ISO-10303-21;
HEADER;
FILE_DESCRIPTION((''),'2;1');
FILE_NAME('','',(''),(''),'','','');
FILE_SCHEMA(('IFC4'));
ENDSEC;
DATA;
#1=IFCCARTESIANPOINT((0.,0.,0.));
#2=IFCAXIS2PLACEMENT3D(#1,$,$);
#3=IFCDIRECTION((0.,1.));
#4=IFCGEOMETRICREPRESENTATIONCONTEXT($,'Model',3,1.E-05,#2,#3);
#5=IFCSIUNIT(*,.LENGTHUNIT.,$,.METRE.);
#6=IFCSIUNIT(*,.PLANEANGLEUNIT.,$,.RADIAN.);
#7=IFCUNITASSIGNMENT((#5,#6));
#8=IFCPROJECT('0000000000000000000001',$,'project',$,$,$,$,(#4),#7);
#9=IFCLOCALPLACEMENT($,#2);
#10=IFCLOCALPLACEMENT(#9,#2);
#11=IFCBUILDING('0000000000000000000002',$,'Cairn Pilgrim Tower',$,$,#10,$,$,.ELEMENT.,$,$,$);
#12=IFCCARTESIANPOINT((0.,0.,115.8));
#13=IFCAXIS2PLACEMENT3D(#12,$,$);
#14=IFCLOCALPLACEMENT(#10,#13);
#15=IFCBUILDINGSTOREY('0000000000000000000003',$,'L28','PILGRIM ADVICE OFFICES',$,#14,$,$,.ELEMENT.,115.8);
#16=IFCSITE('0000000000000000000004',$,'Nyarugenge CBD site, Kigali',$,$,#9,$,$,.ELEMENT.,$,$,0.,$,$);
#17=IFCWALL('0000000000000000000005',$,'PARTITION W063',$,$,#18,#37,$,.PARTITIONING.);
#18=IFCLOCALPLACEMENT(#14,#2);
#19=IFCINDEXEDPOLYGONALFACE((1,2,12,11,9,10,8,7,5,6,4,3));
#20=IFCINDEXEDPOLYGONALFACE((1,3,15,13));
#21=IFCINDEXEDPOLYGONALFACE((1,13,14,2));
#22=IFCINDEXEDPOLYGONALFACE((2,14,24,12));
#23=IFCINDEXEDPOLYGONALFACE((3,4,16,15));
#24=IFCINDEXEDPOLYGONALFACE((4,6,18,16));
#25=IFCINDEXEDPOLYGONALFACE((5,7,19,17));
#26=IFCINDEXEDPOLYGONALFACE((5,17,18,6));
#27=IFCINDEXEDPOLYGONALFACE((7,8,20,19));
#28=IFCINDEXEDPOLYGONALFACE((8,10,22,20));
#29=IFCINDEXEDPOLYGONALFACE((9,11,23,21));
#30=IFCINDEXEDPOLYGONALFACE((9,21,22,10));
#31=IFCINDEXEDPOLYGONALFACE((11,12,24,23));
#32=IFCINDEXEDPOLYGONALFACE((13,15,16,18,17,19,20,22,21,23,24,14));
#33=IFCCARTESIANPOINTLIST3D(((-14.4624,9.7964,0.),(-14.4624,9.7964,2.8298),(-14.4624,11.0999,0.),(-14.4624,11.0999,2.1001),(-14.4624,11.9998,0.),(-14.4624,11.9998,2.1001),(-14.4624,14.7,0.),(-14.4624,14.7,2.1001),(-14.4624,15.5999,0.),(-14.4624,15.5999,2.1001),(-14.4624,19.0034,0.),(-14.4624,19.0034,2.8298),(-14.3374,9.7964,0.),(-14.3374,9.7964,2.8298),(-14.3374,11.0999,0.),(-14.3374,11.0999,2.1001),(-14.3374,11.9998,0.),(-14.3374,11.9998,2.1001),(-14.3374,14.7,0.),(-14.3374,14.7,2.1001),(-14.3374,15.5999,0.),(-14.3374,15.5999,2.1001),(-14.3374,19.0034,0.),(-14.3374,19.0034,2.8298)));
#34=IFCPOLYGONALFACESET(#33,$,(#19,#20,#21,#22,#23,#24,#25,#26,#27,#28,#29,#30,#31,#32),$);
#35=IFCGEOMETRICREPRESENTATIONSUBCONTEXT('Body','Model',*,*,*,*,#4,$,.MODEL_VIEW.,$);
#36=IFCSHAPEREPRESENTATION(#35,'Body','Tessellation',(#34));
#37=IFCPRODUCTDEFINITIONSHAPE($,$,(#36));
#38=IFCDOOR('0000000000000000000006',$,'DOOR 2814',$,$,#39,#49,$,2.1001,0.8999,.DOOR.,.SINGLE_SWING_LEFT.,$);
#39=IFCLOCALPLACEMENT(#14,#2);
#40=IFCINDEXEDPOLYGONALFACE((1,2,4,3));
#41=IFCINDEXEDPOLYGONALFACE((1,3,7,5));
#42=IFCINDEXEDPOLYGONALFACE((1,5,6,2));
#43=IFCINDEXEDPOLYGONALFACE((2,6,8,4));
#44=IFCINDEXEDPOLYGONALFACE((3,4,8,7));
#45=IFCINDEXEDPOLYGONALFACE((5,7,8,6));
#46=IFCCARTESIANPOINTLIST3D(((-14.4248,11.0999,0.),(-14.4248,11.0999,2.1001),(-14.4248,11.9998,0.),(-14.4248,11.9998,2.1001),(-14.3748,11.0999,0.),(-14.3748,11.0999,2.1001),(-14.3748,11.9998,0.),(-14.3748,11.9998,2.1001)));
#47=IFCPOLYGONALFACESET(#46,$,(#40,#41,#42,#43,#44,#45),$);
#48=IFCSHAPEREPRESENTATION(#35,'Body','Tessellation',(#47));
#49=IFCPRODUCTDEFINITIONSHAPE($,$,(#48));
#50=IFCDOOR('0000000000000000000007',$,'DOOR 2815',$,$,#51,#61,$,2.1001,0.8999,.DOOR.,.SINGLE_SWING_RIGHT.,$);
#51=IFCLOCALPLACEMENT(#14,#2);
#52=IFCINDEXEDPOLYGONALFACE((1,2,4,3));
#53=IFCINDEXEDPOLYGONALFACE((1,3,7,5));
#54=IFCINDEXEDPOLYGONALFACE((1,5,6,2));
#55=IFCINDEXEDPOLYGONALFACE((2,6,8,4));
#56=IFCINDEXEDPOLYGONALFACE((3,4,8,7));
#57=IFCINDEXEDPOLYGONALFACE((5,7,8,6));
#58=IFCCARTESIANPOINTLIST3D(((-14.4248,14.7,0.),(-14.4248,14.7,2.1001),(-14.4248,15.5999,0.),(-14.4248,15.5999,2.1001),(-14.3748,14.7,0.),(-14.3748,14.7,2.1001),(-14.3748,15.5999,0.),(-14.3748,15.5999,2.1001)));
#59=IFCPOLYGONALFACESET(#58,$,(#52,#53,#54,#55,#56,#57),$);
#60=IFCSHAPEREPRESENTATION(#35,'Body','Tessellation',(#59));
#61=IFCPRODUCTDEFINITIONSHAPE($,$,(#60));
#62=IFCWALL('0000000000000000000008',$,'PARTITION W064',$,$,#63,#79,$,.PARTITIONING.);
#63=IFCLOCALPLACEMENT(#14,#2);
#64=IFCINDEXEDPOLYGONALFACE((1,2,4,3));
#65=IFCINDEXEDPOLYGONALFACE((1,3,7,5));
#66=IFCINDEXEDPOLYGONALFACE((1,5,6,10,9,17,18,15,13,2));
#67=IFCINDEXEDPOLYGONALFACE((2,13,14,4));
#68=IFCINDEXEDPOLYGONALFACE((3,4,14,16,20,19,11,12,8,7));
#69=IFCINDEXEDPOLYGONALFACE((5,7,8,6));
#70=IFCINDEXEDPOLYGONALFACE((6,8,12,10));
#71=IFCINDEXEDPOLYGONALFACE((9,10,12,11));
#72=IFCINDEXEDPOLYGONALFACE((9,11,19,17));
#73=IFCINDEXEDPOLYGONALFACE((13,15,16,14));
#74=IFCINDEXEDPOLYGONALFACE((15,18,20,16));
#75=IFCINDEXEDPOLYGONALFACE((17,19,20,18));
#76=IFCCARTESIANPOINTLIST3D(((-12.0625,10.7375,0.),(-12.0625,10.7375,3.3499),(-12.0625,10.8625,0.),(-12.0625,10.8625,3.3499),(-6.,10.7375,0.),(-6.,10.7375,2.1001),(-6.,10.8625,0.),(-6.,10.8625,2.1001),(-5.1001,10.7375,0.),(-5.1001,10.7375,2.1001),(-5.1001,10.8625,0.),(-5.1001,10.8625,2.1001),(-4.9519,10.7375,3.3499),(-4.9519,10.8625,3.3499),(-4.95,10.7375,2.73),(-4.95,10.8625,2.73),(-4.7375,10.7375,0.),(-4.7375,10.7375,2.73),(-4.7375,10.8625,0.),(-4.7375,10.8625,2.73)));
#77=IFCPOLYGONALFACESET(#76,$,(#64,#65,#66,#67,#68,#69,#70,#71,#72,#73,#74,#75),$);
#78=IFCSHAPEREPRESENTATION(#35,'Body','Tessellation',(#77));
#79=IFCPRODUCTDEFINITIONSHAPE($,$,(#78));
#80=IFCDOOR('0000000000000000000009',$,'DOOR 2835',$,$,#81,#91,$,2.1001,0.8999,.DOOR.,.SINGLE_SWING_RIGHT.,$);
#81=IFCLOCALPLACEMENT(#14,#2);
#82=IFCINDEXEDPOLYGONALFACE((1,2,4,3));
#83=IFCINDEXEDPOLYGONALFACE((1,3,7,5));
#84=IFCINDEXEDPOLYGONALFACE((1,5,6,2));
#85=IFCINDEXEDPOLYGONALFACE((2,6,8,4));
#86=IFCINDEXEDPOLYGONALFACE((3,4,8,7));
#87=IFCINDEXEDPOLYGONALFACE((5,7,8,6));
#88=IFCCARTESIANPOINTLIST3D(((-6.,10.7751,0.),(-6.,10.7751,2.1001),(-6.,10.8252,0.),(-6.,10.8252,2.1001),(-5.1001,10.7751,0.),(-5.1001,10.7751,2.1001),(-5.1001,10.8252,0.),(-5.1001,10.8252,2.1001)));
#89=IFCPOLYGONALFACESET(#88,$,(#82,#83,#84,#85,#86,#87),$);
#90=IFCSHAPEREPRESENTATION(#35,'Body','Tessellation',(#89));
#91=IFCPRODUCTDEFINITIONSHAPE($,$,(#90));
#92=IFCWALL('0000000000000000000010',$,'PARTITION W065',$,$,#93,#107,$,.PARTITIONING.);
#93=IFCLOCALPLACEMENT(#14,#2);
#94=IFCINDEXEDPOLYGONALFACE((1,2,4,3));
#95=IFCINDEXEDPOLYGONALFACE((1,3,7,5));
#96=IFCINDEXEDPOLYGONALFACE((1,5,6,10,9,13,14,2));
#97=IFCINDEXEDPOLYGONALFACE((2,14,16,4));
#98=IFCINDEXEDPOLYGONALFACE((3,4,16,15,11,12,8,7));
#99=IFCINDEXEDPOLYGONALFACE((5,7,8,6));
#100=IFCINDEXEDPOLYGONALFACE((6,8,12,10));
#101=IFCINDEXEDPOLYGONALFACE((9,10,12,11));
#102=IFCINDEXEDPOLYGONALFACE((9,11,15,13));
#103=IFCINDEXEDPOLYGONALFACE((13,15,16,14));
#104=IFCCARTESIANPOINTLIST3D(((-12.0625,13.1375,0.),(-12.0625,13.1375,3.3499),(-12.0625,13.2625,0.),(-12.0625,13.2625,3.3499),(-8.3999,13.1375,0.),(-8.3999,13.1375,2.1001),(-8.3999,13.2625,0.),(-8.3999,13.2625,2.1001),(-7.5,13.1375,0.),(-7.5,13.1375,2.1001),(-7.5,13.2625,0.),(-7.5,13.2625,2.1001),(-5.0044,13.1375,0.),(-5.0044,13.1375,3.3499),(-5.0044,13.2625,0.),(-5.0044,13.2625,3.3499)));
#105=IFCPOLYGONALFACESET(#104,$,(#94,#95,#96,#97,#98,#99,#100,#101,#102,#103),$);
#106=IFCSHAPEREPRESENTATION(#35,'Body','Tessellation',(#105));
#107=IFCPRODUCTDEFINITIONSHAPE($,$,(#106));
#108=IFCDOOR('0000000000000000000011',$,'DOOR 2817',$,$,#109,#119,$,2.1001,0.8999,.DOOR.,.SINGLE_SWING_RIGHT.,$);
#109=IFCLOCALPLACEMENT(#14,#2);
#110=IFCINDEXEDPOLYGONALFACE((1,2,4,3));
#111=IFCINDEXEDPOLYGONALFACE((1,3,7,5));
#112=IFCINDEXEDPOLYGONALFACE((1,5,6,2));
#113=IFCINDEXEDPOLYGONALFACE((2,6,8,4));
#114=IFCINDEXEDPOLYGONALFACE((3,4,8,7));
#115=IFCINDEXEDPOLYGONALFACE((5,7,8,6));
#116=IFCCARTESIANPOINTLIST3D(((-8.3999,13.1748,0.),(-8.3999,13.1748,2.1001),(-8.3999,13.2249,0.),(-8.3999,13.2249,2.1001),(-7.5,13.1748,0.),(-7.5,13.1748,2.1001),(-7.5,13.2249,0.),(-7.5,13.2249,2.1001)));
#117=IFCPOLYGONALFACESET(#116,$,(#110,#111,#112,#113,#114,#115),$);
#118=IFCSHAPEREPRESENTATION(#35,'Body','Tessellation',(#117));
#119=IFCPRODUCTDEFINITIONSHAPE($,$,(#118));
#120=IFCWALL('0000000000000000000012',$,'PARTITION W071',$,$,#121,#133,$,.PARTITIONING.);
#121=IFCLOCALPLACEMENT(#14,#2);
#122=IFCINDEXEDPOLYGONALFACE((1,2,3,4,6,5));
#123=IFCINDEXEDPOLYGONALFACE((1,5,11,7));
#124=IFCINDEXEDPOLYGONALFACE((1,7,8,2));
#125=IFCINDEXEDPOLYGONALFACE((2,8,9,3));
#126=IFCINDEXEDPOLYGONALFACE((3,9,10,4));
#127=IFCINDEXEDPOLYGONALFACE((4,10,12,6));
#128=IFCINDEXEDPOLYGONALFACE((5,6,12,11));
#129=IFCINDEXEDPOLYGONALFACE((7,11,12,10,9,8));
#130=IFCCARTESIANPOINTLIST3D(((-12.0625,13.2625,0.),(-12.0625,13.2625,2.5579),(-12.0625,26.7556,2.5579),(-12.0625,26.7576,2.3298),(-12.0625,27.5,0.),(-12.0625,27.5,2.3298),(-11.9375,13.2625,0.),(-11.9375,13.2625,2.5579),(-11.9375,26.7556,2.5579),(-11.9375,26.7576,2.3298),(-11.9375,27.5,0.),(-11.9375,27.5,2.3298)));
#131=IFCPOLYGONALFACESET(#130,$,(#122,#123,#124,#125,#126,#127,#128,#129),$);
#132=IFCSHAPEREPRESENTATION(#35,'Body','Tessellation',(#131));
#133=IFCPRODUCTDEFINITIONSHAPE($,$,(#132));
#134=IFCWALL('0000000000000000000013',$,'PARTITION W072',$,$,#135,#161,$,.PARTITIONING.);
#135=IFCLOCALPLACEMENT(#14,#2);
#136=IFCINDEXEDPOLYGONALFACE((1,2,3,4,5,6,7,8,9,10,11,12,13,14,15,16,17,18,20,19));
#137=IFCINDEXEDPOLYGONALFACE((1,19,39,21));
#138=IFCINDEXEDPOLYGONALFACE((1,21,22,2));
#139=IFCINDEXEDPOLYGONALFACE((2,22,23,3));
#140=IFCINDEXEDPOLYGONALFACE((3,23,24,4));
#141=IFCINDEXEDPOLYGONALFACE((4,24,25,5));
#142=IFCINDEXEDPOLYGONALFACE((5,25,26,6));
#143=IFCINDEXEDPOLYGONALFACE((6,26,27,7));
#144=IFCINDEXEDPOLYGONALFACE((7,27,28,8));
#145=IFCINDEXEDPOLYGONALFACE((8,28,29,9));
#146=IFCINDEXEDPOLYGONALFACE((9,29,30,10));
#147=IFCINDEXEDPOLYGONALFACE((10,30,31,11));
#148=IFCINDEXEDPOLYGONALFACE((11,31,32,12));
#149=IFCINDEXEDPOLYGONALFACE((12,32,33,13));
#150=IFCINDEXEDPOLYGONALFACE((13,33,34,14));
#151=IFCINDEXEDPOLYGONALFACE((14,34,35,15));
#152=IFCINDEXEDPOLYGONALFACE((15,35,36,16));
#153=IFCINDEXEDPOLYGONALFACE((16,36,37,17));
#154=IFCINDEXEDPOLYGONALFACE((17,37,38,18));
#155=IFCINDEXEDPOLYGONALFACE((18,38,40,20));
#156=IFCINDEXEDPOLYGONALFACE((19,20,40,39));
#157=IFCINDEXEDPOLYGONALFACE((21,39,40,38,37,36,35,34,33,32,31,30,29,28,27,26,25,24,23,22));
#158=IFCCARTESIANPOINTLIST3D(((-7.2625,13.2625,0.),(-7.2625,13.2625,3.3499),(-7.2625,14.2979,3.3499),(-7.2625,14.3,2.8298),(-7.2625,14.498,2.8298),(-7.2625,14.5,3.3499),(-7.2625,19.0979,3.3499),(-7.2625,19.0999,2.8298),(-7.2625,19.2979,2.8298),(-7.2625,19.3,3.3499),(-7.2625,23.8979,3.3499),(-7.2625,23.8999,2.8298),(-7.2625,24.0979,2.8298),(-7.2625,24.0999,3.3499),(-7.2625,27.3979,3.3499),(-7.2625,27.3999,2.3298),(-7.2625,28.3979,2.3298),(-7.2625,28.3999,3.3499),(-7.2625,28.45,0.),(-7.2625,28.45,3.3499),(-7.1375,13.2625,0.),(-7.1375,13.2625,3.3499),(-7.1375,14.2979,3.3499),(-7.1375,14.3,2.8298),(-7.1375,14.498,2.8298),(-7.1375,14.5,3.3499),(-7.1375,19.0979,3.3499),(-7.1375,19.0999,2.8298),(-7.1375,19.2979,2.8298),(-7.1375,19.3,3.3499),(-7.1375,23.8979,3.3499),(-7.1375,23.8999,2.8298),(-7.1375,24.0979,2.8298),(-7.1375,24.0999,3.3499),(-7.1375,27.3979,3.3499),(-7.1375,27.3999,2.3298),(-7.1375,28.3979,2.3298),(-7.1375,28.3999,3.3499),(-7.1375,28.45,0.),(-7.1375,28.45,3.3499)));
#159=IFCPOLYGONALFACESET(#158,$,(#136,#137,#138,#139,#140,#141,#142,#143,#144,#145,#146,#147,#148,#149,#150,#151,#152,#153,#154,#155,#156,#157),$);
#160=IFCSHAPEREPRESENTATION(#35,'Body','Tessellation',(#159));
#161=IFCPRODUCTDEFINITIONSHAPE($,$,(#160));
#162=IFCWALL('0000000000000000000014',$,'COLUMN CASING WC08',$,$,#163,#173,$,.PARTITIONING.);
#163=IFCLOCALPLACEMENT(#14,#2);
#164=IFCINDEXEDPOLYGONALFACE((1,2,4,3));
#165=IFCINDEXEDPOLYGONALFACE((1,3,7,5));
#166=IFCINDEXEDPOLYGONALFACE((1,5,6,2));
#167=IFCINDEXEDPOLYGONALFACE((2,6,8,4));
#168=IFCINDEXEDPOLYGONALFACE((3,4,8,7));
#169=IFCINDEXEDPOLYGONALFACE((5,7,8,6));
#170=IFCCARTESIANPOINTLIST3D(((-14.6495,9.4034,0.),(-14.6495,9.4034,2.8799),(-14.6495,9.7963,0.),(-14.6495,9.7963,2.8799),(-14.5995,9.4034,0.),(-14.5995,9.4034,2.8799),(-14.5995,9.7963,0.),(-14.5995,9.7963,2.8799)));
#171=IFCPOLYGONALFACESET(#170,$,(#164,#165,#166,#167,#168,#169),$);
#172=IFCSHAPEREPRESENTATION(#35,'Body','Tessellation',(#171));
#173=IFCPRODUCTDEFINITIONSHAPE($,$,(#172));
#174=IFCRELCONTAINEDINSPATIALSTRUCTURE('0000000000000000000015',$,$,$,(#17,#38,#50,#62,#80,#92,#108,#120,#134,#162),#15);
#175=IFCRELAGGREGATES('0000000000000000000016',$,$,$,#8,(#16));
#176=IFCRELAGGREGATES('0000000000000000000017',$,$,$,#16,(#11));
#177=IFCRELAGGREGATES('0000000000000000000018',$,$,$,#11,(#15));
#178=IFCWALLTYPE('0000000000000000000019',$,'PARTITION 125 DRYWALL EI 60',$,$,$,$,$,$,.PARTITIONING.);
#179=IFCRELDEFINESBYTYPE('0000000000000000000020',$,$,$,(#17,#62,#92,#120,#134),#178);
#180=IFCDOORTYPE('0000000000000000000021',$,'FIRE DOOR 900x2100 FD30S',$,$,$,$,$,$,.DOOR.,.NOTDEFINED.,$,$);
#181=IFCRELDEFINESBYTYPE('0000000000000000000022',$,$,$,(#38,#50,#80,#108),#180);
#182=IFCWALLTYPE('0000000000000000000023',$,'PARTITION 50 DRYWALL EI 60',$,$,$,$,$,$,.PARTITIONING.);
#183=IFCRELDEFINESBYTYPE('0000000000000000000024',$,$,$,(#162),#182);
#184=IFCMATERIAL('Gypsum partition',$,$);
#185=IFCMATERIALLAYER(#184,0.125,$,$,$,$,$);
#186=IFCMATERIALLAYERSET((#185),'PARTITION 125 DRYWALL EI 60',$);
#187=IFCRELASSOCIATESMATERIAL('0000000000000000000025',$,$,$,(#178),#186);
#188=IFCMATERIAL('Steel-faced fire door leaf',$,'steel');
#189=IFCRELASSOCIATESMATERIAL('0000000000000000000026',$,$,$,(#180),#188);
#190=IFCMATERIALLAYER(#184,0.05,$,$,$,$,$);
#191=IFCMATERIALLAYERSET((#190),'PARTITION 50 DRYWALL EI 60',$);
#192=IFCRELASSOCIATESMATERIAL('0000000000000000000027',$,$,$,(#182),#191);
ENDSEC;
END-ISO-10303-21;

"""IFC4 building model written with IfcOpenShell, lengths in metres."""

from ifc_helpers import new_model, si_unit, direction, frame, frame_2d, origin, place, context, subcontext, project, spatial, polyline, rectangle, outline, extrude, material, layer, layer_set, type_object, element, fill, save


model = new_model("IFC4")

# Units and contexts
model_context = context("Model", 3, precision=1e-05, world=origin(), true_north=direction((0.0, 1.0)))
body_context = subcontext(model_context, "Body", "Model", "MODEL_VIEW")
ifc_project = project(units=[si_unit("LENGTHUNIT", "METRE"), si_unit("PLANEANGLEUNIT", "RADIAN")], contexts=[model_context])

# Site, building, storey
site_placement = place(None, origin())
site = spatial("IfcSite", under=ifc_project, at=site_placement, Name="Nyarugenge CBD site, Kigali", CompositionType="ELEMENT", RefElevation=0.0)
building_placement = place(site_placement, origin())
building = spatial("IfcBuilding", under=site, at=building_placement, Name="Cairn Pilgrim Tower", CompositionType="ELEMENT")
storey_placement = place(building_placement, frame((0.0, 0.0, 115.8)))
storey = spatial("IfcBuildingStorey", under=building, at=storey_placement, Name="L28", Description="PILGRIM ADVICE OFFICES", CompositionType="ELEMENT", Elevation=115.8)

# Shared definitions
ifc_material_1 = material(Name="Gypsum partition")
ifc_layer_1 = layer(ifc_material_1, 0.125)
ifc_layer_set_1 = layer_set([ifc_layer_1], Name="PARTITION 125 DRYWALL EI 60")
wall_type_1 = type_object("IfcWallType", Name="PARTITION 125 DRYWALL EI 60", PredefinedType="PARTITIONING", material=ifc_layer_set_1)
ifc_material_2 = material(Name="Steel-faced fire door leaf", Category="steel")

# Wall, openings, doors
wall_1_placement = place(storey_placement, frame((-14.3999, 9.7964, 0.0), z_axis=(0.0, 0.0, 1.0), x_axis=(0.0, 1.0, 0.0)))
wall_1 = element("IfcWall", 1, at=wall_1_placement, inside=storey, type_object=wall_type_1, Name="PARTITION W063", PredefinedType="PARTITIONING", context=body_context, shape_type="SweptSolid", body=[
    extrude(rectangle(XDim=9.207, YDim=0.125, at=frame_2d((4.6035, 0.0))), origin(), (0.0, 0.0, 1.0), 2.8298),
])
opening_1_placement = place(wall_1_placement, frame((1.3035, 0.0, 0.0)))
opening_1 = element("IfcOpeningElement", 2, at=opening_1_placement, cuts=wall_1, PredefinedType="OPENING", context=body_context, shape_type="SweptSolid", body=[
    extrude(rectangle(XDim=0.8999, YDim=2.1001, at=frame_2d((0.45, 1.05))), frame((0.0, 0.0725, 0.0), z_axis=(0.0, -1.0, 0.0), x_axis=(1.0, 0.0, 0.0)), (0.0, 0.0, 1.0), 0.145),
])
opening_2_placement = place(wall_1_placement, frame((4.9036, 0.0, 0.0)))
opening_2 = element("IfcOpeningElement", 3, at=opening_2_placement, cuts=wall_1, PredefinedType="OPENING", context=body_context, shape_type="SweptSolid", body=[
    extrude(rectangle(XDim=0.8999, YDim=2.1001, at=frame_2d((0.45, 1.05))), frame((0.0, 0.0725, 0.0), z_axis=(0.0, -1.0, 0.0), x_axis=(1.0, 0.0, 0.0)), (0.0, 0.0, 1.0), 0.145),
])
door_type_1 = type_object("IfcDoorType", Name="FIRE DOOR 900x2100 FD30S", OperationType="NOTDEFINED", PredefinedType="DOOR", material=ifc_material_2)
door_1_placement = place(opening_1_placement, origin())
door_1 = element("IfcDoor", 4, at=door_1_placement, inside=storey, type_object=door_type_1, Name="DOOR 2814", OperationType="SINGLE_SWING_LEFT", OverallHeight=2.1001, OverallWidth=0.8999, PredefinedType="DOOR", context=body_context, shape_type="SweptSolid", body=[
    extrude(rectangle(XDim=0.8999, YDim=2.1001, at=frame_2d((0.45, 1.05))), frame((0.0, 0.0249, 0.0), z_axis=(0.0, -1.0, 0.0), x_axis=(1.0, 0.0, 0.0)), (0.0, 0.0, 1.0), 0.05),
])
fill(opening_1, door_1)
door_2_placement = place(opening_2_placement, origin())
door_2 = element("IfcDoor", 5, at=door_2_placement, inside=storey, type_object=door_type_1, Name="DOOR 2815", OperationType="SINGLE_SWING_RIGHT", OverallHeight=2.1001, OverallWidth=0.8999, PredefinedType="DOOR", context=body_context, shape_type="SweptSolid", body=[
    extrude(rectangle(XDim=0.8999, YDim=2.1001, at=frame_2d((0.45, 1.05))), frame((0.0, 0.0249, 0.0), z_axis=(0.0, -1.0, 0.0), x_axis=(1.0, 0.0, 0.0)), (0.0, 0.0, 1.0), 0.05),
])
fill(opening_2, door_2)

# Walls, openings, doors
wall_2_placement = place(storey_placement, frame((-12.0625, 10.8, 0.0), z_axis=(0.0, 0.0, 1.0), x_axis=(1.0, 0.0, 0.0)))
wall_2 = element("IfcWall", 6, at=wall_2_placement, inside=storey, type_object=wall_type_1, Name="PARTITION W064", PredefinedType="PARTITIONING", context=body_context, shape_type="SweptSolid", body=[
    extrude(outline(polyline([(0.0, 0.0), (7.325, 0.0), (7.325, 2.73), (7.1125, 2.73), (7.1106, 3.3499), (0.0, 3.3499), (0.0, 0.0)])), frame((0.0, 0.0625, 0.0), z_axis=(0.0, -1.0, 0.0), x_axis=(1.0, 0.0, 0.0)), (0.0, 0.0, 1.0), 0.125),
])
opening_3_placement = place(wall_2_placement, frame((6.0625, 0.0, 0.0)))
opening_3 = element("IfcOpeningElement", 7, at=opening_3_placement, cuts=wall_2, PredefinedType="OPENING", context=body_context, shape_type="SweptSolid", body=[
    extrude(rectangle(XDim=0.8999, YDim=2.1001, at=frame_2d((0.45, 1.05))), frame((0.0, 0.0725, 0.0), z_axis=(0.0, -1.0, 0.0), x_axis=(1.0, 0.0, 0.0)), (0.0, 0.0, 1.0), 0.145),
])
door_3_placement = place(opening_3_placement, frame((0.8999, 0.0, 0.0), z_axis=(0.0, 0.0, 1.0), x_axis=(-1.0, 0.0, 0.0)))
door_3 = element("IfcDoor", 8, at=door_3_placement, inside=storey, type_object=door_type_1, Name="DOOR 2835", OperationType="SINGLE_SWING_RIGHT", OverallHeight=2.1001, OverallWidth=0.8999, PredefinedType="DOOR", context=body_context, shape_type="SweptSolid", body=[
    extrude(rectangle(XDim=0.8999, YDim=2.1001, at=frame_2d((0.45, 1.05))), frame((0.0, 0.0249, 0.0), z_axis=(0.0, -1.0, 0.0), x_axis=(1.0, 0.0, 0.0)), (0.0, 0.0, 1.0), 0.05),
])
fill(opening_3, door_3)
wall_3_placement = place(storey_placement, frame((-12.0625, 13.2, 0.0), z_axis=(0.0, 0.0, 1.0), x_axis=(1.0, 0.0, 0.0)))
wall_3 = element("IfcWall", 9, at=wall_3_placement, inside=storey, type_object=wall_type_1, Name="PARTITION W065", PredefinedType="PARTITIONING", context=body_context, shape_type="SweptSolid", body=[
    extrude(rectangle(XDim=7.0581, YDim=0.125, at=frame_2d((3.5291, 0.0))), origin(), (0.0, 0.0, 1.0), 3.3499),
])
opening_4_placement = place(wall_3_placement, frame((3.6626, 0.0, 0.0)))
opening_4 = element("IfcOpeningElement", 10, at=opening_4_placement, cuts=wall_3, PredefinedType="OPENING", context=body_context, shape_type="SweptSolid", body=[
    extrude(rectangle(XDim=0.8999, YDim=2.1001, at=frame_2d((0.45, 1.05))), frame((0.0, 0.0725, 0.0), z_axis=(0.0, -1.0, 0.0), x_axis=(1.0, 0.0, 0.0)), (0.0, 0.0, 1.0), 0.145),
])
door_4_placement = place(opening_4_placement, origin())
door_4 = element("IfcDoor", 11, at=door_4_placement, inside=storey, type_object=door_type_1, Name="DOOR 2817", OperationType="SINGLE_SWING_RIGHT", OverallHeight=2.1001, OverallWidth=0.8999, PredefinedType="DOOR", context=body_context, shape_type="SweptSolid", body=[
    extrude(rectangle(XDim=0.8999, YDim=2.1001, at=frame_2d((0.45, 1.05))), frame((0.0, 0.0249, 0.0), z_axis=(0.0, -1.0, 0.0), x_axis=(1.0, 0.0, 0.0)), (0.0, 0.0, 1.0), 0.05),
])
fill(opening_4, door_4)

# Walls
wall_4_placement = place(storey_placement, frame((-12.0, 13.2625, 0.0), z_axis=(0.0, 0.0, 1.0), x_axis=(0.0, 1.0, 0.0)))
element("IfcWall", 12, at=wall_4_placement, inside=storey, type_object=wall_type_1, Name="PARTITION W071", PredefinedType="PARTITIONING", context=body_context, shape_type="SweptSolid", body=[
    extrude(outline(polyline([(0.0, 0.0), (14.2375, 0.0), (14.2375, 2.3298), (13.4951, 2.3298), (13.4932, 2.5579), (0.0, 2.5579), (0.0, 0.0)])), frame((0.0, 0.0625, 0.0), z_axis=(0.0, -1.0, 0.0), x_axis=(1.0, 0.0, 0.0)), (0.0, 0.0, 1.0), 0.125),
])
wall_5_placement = place(storey_placement, frame((-7.2, 13.2625, 0.0), z_axis=(0.0, 0.0, 1.0), x_axis=(0.0, 1.0, 0.0)))
element("IfcWall", 13, at=wall_5_placement, inside=storey, type_object=wall_type_1, Name="PARTITION W072", PredefinedType="PARTITIONING", context=body_context, shape_type="SweptSolid", body=[
    extrude(outline(polyline([(0.0, 0.0), (15.1875, 0.0), (15.1875, 3.3499), (15.1375, 3.3499), (15.1355, 2.3298), (14.1375, 2.3298), (14.1355, 3.3499), (10.8374, 3.3499), (10.8354, 2.8298), (10.6375, 2.8298), (10.6355, 3.3499), (6.0376, 3.3499), (6.0354, 2.8298), (5.8374, 2.8298), (5.8354, 3.3499), (1.2375, 3.3499), (1.2356, 2.8298), (1.0376, 2.8298), (1.0354, 3.3499), (0.0, 3.3499), (0.0, 0.0)])), frame((0.0, 0.0625, 0.0), z_axis=(0.0, -1.0, 0.0), x_axis=(1.0, 0.0, 0.0)), (0.0, 0.0, 1.0), 0.125),
])
ifc_layer_2 = layer(ifc_material_1, 0.05)
ifc_layer_set_2 = layer_set([ifc_layer_2], Name="PARTITION 50 DRYWALL EI 60")
wall_type_2 = type_object("IfcWallType", Name="PARTITION 50 DRYWALL EI 60", PredefinedType="PARTITIONING", material=ifc_layer_set_2)
wall_6_placement = place(storey_placement, frame((-14.6245, 9.4036, 0.0), z_axis=(0.0, 0.0, 1.0), x_axis=(0.0, 1.0, 0.0)))
element("IfcWall", 14, at=wall_6_placement, inside=storey, type_object=wall_type_2, Name="COLUMN CASING WC08", PredefinedType="PARTITIONING", context=body_context, shape_type="SweptSolid", body=[
    extrude(rectangle(XDim=0.3928, YDim=0.05, at=frame_2d((0.1963, 0.0))), origin(), (0.0, 0.0, 1.0), 2.8799),
])

save(model, "model.ifc")
